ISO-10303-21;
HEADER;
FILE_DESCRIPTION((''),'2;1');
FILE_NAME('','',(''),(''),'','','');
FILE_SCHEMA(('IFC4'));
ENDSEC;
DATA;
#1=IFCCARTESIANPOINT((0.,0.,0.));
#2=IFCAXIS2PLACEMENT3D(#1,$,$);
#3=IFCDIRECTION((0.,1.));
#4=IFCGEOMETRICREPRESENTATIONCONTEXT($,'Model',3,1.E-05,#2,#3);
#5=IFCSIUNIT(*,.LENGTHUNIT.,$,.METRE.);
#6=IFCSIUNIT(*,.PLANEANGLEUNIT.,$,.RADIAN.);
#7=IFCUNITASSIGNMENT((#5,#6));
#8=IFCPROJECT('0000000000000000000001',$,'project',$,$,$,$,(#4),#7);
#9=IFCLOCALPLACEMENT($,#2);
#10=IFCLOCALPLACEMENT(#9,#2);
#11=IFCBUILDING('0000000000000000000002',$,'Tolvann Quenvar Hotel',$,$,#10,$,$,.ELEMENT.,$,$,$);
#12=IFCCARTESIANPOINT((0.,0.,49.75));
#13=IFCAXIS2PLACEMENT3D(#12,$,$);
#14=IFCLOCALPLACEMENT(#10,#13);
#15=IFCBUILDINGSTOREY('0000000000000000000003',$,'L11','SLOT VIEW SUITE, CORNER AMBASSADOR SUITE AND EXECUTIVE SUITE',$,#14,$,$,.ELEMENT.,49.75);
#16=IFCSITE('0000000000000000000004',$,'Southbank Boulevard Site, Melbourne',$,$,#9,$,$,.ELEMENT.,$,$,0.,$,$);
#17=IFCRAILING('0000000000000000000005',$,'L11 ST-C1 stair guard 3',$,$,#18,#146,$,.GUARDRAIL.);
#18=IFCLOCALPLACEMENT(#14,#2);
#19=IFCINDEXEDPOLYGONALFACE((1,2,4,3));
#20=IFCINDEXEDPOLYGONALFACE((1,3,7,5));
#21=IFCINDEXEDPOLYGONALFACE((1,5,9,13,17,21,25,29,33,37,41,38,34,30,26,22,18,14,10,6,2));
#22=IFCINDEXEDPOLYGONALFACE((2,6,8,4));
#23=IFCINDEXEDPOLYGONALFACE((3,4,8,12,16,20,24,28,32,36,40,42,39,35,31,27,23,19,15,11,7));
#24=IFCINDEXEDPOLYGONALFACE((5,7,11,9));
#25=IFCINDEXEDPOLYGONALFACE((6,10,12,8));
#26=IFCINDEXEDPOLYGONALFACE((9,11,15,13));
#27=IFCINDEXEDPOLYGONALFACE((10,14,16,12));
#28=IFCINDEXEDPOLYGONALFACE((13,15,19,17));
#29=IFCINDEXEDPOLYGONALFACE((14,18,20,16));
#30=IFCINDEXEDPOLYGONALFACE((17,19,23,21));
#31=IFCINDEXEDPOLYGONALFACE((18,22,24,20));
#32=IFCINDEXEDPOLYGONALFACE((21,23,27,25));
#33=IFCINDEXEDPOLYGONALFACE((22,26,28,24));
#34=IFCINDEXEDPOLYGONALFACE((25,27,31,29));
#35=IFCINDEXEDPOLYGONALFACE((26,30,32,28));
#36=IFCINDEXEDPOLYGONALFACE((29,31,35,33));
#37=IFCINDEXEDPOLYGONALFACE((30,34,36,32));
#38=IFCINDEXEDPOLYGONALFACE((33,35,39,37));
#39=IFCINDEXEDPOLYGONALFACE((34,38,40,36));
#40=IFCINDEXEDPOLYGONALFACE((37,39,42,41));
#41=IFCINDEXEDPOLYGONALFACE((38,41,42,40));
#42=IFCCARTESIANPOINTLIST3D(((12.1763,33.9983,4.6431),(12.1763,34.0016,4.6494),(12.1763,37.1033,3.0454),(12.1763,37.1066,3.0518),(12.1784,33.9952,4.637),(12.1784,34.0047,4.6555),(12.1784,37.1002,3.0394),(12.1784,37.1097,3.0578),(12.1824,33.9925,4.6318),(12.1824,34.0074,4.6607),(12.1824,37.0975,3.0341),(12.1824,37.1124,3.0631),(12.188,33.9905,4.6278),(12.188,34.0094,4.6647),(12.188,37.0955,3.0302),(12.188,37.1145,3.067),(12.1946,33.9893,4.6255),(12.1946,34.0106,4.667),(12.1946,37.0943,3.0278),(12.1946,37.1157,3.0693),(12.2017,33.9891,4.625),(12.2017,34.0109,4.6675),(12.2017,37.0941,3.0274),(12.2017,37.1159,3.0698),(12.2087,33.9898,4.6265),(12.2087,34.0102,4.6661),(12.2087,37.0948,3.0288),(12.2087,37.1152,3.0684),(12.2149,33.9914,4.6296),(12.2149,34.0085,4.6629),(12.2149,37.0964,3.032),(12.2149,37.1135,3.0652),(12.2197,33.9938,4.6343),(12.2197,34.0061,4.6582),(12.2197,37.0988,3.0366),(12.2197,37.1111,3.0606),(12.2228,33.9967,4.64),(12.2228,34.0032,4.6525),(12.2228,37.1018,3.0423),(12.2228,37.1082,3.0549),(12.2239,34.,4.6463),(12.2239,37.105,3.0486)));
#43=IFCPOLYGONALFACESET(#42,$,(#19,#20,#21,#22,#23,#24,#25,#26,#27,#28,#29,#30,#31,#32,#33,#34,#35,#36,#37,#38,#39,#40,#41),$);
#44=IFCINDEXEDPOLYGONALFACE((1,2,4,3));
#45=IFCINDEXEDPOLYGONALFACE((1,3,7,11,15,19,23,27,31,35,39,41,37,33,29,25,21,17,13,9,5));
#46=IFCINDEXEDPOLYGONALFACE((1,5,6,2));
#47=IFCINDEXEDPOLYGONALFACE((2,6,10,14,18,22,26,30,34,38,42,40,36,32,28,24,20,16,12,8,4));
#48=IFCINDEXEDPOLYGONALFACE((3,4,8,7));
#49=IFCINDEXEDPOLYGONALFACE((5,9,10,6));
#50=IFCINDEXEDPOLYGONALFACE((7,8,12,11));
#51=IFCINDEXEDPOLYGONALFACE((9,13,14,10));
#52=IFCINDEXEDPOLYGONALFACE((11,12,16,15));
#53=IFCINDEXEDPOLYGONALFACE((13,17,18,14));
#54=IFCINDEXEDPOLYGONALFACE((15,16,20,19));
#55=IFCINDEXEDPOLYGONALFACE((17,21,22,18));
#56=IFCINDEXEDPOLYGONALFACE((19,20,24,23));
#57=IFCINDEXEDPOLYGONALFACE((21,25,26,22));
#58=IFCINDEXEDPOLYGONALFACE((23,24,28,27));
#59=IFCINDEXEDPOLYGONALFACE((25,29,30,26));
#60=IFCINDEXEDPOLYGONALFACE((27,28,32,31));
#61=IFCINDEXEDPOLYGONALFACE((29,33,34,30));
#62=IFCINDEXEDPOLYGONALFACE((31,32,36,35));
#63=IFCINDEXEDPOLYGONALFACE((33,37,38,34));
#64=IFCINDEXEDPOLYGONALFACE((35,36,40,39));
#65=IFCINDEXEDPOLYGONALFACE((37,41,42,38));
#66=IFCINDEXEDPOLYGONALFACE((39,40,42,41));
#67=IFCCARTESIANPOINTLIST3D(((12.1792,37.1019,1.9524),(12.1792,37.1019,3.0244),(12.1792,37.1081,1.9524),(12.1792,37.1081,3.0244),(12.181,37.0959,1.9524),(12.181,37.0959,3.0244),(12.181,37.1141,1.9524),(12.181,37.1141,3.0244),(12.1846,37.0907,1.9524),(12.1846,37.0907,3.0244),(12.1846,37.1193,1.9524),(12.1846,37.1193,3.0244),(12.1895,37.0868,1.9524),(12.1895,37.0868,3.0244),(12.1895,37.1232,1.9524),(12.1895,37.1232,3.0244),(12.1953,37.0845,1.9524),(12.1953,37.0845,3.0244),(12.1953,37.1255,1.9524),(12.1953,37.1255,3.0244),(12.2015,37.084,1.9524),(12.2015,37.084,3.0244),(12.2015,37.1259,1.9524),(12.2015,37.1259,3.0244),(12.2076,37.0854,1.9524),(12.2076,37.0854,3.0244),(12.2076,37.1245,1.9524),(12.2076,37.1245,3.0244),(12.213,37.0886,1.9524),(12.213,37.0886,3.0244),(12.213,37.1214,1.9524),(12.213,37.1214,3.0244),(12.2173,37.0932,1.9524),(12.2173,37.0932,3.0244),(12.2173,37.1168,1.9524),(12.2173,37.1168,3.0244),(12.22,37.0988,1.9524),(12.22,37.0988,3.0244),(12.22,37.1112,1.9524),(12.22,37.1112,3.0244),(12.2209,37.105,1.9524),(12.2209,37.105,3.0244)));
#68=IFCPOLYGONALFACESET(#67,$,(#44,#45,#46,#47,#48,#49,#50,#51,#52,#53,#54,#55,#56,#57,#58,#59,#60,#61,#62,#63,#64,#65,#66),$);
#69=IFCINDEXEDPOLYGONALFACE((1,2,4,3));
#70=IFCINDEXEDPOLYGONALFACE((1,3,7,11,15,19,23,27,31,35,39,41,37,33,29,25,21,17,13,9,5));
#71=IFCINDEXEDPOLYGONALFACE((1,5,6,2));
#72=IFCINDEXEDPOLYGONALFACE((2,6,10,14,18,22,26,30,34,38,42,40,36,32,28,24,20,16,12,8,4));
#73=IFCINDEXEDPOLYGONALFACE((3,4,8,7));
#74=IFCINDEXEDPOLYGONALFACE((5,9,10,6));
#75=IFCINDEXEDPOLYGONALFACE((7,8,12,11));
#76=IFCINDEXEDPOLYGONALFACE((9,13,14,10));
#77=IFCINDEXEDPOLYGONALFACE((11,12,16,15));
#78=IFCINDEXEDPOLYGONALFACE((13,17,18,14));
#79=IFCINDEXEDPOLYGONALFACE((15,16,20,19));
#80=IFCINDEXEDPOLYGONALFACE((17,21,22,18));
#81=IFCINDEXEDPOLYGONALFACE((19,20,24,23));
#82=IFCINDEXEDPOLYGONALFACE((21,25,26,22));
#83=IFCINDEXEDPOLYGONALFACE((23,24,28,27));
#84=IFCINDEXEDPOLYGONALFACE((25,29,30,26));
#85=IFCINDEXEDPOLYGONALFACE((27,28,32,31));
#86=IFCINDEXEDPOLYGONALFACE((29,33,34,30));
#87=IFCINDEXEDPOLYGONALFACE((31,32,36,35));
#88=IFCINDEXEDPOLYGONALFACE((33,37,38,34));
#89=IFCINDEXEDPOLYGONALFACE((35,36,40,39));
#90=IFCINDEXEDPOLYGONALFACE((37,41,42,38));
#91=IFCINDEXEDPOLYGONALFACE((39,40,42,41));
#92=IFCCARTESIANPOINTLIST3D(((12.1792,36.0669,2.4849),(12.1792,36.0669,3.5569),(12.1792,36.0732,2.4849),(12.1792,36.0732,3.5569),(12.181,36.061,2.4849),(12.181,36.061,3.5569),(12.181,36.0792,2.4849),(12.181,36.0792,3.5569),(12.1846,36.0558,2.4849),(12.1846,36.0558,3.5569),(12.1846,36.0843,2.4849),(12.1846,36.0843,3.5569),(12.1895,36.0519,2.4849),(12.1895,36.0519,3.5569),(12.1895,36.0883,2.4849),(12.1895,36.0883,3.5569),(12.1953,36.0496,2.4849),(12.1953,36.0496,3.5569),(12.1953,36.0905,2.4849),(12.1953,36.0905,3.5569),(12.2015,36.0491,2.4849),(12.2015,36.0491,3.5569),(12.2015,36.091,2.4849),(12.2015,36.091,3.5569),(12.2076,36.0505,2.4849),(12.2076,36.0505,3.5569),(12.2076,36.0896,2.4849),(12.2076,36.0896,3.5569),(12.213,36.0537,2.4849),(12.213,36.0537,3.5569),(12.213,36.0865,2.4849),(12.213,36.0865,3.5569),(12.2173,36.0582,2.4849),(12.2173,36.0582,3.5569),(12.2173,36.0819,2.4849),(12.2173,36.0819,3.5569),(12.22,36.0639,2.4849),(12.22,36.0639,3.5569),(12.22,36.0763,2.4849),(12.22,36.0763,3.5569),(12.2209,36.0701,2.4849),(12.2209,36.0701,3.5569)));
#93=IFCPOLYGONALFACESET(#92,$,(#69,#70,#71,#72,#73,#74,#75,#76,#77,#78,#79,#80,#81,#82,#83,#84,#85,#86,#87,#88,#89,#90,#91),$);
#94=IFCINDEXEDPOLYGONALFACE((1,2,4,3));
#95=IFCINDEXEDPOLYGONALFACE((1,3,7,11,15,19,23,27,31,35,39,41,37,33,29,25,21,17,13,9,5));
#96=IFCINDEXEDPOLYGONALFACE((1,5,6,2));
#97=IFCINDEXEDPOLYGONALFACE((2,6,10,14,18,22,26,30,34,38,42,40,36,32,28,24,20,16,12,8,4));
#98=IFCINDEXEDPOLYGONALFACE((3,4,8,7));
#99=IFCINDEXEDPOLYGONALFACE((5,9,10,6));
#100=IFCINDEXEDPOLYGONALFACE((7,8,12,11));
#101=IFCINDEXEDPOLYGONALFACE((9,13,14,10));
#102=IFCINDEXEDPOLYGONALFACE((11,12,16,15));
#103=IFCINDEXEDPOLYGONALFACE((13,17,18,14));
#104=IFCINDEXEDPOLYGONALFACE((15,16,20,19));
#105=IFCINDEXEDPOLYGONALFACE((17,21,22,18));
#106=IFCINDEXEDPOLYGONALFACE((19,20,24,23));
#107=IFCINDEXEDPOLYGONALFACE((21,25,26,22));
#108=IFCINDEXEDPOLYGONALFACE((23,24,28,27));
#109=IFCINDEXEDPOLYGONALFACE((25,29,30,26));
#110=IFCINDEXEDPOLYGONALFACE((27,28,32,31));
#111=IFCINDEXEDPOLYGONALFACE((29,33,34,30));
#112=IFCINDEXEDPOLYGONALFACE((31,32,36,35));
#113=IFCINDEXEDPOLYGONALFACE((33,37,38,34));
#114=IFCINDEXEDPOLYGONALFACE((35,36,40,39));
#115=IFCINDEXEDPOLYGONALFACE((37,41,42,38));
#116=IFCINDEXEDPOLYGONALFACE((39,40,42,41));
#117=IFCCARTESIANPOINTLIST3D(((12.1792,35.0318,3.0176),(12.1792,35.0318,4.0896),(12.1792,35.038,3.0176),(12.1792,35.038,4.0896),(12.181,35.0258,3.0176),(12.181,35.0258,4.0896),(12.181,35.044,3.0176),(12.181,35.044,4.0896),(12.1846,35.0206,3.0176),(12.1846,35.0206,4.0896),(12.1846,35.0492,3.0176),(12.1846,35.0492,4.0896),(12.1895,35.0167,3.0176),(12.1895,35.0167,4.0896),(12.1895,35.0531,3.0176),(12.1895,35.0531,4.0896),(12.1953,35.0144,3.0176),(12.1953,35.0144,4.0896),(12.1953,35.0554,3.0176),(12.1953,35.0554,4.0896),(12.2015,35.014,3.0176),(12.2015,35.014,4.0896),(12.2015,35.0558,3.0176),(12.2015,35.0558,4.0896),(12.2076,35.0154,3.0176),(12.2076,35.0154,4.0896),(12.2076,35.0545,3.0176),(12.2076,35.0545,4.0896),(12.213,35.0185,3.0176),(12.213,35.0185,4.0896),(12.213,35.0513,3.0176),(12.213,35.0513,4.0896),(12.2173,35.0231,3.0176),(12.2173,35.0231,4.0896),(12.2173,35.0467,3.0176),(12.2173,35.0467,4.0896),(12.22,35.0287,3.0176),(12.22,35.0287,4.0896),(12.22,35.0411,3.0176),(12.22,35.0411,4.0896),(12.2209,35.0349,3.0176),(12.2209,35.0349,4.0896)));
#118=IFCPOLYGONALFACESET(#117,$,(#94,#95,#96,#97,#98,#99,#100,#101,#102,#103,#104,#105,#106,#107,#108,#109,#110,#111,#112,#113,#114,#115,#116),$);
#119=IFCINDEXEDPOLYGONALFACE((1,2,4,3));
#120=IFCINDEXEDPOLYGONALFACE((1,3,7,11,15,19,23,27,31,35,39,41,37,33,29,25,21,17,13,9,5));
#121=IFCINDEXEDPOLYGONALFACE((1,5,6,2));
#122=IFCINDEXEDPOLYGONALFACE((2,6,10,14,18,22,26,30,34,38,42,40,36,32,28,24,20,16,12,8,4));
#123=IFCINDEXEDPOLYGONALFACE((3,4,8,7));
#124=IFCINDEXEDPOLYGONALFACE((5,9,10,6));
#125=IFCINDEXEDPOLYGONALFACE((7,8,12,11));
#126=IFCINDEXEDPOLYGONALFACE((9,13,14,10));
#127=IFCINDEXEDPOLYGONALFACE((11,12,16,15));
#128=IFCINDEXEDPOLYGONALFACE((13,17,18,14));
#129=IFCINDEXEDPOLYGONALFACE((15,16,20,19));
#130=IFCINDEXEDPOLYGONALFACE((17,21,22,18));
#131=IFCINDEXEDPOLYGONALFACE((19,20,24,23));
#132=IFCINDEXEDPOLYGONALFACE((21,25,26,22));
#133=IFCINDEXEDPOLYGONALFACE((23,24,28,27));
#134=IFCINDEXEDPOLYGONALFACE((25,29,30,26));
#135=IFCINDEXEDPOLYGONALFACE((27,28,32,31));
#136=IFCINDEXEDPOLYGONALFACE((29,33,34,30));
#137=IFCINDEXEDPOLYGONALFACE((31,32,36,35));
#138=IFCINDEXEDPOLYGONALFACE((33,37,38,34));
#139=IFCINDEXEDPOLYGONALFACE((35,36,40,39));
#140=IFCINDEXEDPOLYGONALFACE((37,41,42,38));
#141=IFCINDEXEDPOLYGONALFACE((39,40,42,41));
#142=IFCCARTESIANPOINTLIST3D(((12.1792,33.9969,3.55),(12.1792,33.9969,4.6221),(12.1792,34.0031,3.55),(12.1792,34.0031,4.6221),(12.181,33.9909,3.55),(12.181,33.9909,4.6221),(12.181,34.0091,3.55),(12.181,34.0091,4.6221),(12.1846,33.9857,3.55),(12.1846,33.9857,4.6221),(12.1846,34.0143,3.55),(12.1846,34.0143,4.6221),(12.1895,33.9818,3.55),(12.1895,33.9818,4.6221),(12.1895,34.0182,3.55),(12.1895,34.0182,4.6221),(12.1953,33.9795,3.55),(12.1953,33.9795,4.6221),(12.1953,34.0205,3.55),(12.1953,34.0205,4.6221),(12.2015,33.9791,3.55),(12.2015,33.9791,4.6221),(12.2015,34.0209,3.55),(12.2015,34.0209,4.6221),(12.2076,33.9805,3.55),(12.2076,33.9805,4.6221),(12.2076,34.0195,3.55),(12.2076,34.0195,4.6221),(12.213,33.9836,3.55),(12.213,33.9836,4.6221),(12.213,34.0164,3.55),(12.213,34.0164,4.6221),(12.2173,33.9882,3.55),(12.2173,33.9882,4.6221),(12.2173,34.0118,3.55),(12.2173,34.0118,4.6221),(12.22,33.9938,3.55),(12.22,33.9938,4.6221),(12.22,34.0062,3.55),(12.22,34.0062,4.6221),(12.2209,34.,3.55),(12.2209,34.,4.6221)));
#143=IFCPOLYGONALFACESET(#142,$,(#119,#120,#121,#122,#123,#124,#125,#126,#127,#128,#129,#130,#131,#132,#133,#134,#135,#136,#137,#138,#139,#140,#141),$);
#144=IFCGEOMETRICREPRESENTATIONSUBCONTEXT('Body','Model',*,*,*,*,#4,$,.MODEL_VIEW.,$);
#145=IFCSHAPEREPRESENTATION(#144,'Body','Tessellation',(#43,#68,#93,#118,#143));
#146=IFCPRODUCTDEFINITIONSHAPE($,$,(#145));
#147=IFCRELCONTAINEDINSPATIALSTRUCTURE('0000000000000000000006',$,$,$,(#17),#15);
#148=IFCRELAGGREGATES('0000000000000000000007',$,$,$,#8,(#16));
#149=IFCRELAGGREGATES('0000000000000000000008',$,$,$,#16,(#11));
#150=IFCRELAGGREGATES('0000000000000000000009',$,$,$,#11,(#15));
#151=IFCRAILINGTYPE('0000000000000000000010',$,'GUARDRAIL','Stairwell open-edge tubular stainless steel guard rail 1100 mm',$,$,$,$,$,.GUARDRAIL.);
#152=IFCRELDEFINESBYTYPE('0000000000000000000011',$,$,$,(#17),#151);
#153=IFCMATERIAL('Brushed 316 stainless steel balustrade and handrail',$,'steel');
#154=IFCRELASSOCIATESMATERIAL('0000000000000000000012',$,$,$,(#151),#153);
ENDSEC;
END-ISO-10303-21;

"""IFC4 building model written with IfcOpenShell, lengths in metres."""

from ifc_helpers import new_model, si_unit, direction, frame, origin, origin_2d, place, context, subcontext, project, spatial, circle, extrude, material, type_object, element, save


model = new_model("IFC4")

# Units and contexts
model_context = context("Model", 3, precision=1e-05, world=origin(), true_north=direction((0.0, 1.0)))
body_context = subcontext(model_context, "Body", "Model", "MODEL_VIEW")
ifc_project = project(units=[si_unit("LENGTHUNIT", "METRE"), si_unit("PLANEANGLEUNIT", "RADIAN")], contexts=[model_context])

# Site, building, storey
site_placement = place(None, origin())
site = spatial("IfcSite", under=ifc_project, at=site_placement, Name="Southbank Boulevard Site, Melbourne", CompositionType="ELEMENT", RefElevation=0.0)
building_placement = place(site_placement, origin())
building = spatial("IfcBuilding", under=site, at=building_placement, Name="Tolvann Quenvar Hotel", CompositionType="ELEMENT")
storey_placement = place(building_placement, frame((0.0, 0.0, 49.75)))
storey = spatial("IfcBuildingStorey", under=building, at=storey_placement, Name="L11", Description="SLOT VIEW SUITE, CORNER AMBASSADOR SUITE AND EXECUTIVE SUITE", CompositionType="ELEMENT", Elevation=49.75)

# Railing
ifc_material_1 = material(Name="Brushed 316 stainless steel balustrade and handrail", Category="steel")
railing_type_1 = type_object("IfcRailingType", Name="GUARDRAIL", Description="Stairwell open-edge tubular stainless steel guard rail 1100 mm", PredefinedType="GUARDRAIL", material=ifc_material_1)
railing_1_placement = place(storey_placement, frame((12.2, 37.105, 1.9524)))
element("IfcRailing", 1, at=railing_1_placement, inside=storey, type_object=railing_type_1, Name="L11 ST-C1 stair guard 3", PredefinedType="GUARDRAIL", context=body_context, shape_type="SweptSolid", body=[
    extrude(circle(Radius=0.0239, at=origin_2d()), frame((0.0, 0.0, 1.0962), z_axis=(0.0, -0.889194, 0.457531), x_axis=(1.0, 0.0, 0.0)), (0.0, 0.0, 1.0), 3.4919),
    extrude(circle(Radius=0.021, at=origin_2d()), origin(), (0.0, 0.0, 1.0), 1.072),
    extrude(circle(Radius=0.021, at=origin_2d()), frame((0.0, -1.0349, 0.5325)), (0.0, 0.0, 1.0), 1.072),
    extrude(circle(Radius=0.021, at=origin_2d()), frame((0.0, -2.0701, 1.0652)), (0.0, 0.0, 1.0), 1.072),
    extrude(circle(Radius=0.021, at=origin_2d()), frame((0.0, -3.105, 1.5977)), (0.0, 0.0, 1.0), 1.072),
])

save(model, "model.ifc")
